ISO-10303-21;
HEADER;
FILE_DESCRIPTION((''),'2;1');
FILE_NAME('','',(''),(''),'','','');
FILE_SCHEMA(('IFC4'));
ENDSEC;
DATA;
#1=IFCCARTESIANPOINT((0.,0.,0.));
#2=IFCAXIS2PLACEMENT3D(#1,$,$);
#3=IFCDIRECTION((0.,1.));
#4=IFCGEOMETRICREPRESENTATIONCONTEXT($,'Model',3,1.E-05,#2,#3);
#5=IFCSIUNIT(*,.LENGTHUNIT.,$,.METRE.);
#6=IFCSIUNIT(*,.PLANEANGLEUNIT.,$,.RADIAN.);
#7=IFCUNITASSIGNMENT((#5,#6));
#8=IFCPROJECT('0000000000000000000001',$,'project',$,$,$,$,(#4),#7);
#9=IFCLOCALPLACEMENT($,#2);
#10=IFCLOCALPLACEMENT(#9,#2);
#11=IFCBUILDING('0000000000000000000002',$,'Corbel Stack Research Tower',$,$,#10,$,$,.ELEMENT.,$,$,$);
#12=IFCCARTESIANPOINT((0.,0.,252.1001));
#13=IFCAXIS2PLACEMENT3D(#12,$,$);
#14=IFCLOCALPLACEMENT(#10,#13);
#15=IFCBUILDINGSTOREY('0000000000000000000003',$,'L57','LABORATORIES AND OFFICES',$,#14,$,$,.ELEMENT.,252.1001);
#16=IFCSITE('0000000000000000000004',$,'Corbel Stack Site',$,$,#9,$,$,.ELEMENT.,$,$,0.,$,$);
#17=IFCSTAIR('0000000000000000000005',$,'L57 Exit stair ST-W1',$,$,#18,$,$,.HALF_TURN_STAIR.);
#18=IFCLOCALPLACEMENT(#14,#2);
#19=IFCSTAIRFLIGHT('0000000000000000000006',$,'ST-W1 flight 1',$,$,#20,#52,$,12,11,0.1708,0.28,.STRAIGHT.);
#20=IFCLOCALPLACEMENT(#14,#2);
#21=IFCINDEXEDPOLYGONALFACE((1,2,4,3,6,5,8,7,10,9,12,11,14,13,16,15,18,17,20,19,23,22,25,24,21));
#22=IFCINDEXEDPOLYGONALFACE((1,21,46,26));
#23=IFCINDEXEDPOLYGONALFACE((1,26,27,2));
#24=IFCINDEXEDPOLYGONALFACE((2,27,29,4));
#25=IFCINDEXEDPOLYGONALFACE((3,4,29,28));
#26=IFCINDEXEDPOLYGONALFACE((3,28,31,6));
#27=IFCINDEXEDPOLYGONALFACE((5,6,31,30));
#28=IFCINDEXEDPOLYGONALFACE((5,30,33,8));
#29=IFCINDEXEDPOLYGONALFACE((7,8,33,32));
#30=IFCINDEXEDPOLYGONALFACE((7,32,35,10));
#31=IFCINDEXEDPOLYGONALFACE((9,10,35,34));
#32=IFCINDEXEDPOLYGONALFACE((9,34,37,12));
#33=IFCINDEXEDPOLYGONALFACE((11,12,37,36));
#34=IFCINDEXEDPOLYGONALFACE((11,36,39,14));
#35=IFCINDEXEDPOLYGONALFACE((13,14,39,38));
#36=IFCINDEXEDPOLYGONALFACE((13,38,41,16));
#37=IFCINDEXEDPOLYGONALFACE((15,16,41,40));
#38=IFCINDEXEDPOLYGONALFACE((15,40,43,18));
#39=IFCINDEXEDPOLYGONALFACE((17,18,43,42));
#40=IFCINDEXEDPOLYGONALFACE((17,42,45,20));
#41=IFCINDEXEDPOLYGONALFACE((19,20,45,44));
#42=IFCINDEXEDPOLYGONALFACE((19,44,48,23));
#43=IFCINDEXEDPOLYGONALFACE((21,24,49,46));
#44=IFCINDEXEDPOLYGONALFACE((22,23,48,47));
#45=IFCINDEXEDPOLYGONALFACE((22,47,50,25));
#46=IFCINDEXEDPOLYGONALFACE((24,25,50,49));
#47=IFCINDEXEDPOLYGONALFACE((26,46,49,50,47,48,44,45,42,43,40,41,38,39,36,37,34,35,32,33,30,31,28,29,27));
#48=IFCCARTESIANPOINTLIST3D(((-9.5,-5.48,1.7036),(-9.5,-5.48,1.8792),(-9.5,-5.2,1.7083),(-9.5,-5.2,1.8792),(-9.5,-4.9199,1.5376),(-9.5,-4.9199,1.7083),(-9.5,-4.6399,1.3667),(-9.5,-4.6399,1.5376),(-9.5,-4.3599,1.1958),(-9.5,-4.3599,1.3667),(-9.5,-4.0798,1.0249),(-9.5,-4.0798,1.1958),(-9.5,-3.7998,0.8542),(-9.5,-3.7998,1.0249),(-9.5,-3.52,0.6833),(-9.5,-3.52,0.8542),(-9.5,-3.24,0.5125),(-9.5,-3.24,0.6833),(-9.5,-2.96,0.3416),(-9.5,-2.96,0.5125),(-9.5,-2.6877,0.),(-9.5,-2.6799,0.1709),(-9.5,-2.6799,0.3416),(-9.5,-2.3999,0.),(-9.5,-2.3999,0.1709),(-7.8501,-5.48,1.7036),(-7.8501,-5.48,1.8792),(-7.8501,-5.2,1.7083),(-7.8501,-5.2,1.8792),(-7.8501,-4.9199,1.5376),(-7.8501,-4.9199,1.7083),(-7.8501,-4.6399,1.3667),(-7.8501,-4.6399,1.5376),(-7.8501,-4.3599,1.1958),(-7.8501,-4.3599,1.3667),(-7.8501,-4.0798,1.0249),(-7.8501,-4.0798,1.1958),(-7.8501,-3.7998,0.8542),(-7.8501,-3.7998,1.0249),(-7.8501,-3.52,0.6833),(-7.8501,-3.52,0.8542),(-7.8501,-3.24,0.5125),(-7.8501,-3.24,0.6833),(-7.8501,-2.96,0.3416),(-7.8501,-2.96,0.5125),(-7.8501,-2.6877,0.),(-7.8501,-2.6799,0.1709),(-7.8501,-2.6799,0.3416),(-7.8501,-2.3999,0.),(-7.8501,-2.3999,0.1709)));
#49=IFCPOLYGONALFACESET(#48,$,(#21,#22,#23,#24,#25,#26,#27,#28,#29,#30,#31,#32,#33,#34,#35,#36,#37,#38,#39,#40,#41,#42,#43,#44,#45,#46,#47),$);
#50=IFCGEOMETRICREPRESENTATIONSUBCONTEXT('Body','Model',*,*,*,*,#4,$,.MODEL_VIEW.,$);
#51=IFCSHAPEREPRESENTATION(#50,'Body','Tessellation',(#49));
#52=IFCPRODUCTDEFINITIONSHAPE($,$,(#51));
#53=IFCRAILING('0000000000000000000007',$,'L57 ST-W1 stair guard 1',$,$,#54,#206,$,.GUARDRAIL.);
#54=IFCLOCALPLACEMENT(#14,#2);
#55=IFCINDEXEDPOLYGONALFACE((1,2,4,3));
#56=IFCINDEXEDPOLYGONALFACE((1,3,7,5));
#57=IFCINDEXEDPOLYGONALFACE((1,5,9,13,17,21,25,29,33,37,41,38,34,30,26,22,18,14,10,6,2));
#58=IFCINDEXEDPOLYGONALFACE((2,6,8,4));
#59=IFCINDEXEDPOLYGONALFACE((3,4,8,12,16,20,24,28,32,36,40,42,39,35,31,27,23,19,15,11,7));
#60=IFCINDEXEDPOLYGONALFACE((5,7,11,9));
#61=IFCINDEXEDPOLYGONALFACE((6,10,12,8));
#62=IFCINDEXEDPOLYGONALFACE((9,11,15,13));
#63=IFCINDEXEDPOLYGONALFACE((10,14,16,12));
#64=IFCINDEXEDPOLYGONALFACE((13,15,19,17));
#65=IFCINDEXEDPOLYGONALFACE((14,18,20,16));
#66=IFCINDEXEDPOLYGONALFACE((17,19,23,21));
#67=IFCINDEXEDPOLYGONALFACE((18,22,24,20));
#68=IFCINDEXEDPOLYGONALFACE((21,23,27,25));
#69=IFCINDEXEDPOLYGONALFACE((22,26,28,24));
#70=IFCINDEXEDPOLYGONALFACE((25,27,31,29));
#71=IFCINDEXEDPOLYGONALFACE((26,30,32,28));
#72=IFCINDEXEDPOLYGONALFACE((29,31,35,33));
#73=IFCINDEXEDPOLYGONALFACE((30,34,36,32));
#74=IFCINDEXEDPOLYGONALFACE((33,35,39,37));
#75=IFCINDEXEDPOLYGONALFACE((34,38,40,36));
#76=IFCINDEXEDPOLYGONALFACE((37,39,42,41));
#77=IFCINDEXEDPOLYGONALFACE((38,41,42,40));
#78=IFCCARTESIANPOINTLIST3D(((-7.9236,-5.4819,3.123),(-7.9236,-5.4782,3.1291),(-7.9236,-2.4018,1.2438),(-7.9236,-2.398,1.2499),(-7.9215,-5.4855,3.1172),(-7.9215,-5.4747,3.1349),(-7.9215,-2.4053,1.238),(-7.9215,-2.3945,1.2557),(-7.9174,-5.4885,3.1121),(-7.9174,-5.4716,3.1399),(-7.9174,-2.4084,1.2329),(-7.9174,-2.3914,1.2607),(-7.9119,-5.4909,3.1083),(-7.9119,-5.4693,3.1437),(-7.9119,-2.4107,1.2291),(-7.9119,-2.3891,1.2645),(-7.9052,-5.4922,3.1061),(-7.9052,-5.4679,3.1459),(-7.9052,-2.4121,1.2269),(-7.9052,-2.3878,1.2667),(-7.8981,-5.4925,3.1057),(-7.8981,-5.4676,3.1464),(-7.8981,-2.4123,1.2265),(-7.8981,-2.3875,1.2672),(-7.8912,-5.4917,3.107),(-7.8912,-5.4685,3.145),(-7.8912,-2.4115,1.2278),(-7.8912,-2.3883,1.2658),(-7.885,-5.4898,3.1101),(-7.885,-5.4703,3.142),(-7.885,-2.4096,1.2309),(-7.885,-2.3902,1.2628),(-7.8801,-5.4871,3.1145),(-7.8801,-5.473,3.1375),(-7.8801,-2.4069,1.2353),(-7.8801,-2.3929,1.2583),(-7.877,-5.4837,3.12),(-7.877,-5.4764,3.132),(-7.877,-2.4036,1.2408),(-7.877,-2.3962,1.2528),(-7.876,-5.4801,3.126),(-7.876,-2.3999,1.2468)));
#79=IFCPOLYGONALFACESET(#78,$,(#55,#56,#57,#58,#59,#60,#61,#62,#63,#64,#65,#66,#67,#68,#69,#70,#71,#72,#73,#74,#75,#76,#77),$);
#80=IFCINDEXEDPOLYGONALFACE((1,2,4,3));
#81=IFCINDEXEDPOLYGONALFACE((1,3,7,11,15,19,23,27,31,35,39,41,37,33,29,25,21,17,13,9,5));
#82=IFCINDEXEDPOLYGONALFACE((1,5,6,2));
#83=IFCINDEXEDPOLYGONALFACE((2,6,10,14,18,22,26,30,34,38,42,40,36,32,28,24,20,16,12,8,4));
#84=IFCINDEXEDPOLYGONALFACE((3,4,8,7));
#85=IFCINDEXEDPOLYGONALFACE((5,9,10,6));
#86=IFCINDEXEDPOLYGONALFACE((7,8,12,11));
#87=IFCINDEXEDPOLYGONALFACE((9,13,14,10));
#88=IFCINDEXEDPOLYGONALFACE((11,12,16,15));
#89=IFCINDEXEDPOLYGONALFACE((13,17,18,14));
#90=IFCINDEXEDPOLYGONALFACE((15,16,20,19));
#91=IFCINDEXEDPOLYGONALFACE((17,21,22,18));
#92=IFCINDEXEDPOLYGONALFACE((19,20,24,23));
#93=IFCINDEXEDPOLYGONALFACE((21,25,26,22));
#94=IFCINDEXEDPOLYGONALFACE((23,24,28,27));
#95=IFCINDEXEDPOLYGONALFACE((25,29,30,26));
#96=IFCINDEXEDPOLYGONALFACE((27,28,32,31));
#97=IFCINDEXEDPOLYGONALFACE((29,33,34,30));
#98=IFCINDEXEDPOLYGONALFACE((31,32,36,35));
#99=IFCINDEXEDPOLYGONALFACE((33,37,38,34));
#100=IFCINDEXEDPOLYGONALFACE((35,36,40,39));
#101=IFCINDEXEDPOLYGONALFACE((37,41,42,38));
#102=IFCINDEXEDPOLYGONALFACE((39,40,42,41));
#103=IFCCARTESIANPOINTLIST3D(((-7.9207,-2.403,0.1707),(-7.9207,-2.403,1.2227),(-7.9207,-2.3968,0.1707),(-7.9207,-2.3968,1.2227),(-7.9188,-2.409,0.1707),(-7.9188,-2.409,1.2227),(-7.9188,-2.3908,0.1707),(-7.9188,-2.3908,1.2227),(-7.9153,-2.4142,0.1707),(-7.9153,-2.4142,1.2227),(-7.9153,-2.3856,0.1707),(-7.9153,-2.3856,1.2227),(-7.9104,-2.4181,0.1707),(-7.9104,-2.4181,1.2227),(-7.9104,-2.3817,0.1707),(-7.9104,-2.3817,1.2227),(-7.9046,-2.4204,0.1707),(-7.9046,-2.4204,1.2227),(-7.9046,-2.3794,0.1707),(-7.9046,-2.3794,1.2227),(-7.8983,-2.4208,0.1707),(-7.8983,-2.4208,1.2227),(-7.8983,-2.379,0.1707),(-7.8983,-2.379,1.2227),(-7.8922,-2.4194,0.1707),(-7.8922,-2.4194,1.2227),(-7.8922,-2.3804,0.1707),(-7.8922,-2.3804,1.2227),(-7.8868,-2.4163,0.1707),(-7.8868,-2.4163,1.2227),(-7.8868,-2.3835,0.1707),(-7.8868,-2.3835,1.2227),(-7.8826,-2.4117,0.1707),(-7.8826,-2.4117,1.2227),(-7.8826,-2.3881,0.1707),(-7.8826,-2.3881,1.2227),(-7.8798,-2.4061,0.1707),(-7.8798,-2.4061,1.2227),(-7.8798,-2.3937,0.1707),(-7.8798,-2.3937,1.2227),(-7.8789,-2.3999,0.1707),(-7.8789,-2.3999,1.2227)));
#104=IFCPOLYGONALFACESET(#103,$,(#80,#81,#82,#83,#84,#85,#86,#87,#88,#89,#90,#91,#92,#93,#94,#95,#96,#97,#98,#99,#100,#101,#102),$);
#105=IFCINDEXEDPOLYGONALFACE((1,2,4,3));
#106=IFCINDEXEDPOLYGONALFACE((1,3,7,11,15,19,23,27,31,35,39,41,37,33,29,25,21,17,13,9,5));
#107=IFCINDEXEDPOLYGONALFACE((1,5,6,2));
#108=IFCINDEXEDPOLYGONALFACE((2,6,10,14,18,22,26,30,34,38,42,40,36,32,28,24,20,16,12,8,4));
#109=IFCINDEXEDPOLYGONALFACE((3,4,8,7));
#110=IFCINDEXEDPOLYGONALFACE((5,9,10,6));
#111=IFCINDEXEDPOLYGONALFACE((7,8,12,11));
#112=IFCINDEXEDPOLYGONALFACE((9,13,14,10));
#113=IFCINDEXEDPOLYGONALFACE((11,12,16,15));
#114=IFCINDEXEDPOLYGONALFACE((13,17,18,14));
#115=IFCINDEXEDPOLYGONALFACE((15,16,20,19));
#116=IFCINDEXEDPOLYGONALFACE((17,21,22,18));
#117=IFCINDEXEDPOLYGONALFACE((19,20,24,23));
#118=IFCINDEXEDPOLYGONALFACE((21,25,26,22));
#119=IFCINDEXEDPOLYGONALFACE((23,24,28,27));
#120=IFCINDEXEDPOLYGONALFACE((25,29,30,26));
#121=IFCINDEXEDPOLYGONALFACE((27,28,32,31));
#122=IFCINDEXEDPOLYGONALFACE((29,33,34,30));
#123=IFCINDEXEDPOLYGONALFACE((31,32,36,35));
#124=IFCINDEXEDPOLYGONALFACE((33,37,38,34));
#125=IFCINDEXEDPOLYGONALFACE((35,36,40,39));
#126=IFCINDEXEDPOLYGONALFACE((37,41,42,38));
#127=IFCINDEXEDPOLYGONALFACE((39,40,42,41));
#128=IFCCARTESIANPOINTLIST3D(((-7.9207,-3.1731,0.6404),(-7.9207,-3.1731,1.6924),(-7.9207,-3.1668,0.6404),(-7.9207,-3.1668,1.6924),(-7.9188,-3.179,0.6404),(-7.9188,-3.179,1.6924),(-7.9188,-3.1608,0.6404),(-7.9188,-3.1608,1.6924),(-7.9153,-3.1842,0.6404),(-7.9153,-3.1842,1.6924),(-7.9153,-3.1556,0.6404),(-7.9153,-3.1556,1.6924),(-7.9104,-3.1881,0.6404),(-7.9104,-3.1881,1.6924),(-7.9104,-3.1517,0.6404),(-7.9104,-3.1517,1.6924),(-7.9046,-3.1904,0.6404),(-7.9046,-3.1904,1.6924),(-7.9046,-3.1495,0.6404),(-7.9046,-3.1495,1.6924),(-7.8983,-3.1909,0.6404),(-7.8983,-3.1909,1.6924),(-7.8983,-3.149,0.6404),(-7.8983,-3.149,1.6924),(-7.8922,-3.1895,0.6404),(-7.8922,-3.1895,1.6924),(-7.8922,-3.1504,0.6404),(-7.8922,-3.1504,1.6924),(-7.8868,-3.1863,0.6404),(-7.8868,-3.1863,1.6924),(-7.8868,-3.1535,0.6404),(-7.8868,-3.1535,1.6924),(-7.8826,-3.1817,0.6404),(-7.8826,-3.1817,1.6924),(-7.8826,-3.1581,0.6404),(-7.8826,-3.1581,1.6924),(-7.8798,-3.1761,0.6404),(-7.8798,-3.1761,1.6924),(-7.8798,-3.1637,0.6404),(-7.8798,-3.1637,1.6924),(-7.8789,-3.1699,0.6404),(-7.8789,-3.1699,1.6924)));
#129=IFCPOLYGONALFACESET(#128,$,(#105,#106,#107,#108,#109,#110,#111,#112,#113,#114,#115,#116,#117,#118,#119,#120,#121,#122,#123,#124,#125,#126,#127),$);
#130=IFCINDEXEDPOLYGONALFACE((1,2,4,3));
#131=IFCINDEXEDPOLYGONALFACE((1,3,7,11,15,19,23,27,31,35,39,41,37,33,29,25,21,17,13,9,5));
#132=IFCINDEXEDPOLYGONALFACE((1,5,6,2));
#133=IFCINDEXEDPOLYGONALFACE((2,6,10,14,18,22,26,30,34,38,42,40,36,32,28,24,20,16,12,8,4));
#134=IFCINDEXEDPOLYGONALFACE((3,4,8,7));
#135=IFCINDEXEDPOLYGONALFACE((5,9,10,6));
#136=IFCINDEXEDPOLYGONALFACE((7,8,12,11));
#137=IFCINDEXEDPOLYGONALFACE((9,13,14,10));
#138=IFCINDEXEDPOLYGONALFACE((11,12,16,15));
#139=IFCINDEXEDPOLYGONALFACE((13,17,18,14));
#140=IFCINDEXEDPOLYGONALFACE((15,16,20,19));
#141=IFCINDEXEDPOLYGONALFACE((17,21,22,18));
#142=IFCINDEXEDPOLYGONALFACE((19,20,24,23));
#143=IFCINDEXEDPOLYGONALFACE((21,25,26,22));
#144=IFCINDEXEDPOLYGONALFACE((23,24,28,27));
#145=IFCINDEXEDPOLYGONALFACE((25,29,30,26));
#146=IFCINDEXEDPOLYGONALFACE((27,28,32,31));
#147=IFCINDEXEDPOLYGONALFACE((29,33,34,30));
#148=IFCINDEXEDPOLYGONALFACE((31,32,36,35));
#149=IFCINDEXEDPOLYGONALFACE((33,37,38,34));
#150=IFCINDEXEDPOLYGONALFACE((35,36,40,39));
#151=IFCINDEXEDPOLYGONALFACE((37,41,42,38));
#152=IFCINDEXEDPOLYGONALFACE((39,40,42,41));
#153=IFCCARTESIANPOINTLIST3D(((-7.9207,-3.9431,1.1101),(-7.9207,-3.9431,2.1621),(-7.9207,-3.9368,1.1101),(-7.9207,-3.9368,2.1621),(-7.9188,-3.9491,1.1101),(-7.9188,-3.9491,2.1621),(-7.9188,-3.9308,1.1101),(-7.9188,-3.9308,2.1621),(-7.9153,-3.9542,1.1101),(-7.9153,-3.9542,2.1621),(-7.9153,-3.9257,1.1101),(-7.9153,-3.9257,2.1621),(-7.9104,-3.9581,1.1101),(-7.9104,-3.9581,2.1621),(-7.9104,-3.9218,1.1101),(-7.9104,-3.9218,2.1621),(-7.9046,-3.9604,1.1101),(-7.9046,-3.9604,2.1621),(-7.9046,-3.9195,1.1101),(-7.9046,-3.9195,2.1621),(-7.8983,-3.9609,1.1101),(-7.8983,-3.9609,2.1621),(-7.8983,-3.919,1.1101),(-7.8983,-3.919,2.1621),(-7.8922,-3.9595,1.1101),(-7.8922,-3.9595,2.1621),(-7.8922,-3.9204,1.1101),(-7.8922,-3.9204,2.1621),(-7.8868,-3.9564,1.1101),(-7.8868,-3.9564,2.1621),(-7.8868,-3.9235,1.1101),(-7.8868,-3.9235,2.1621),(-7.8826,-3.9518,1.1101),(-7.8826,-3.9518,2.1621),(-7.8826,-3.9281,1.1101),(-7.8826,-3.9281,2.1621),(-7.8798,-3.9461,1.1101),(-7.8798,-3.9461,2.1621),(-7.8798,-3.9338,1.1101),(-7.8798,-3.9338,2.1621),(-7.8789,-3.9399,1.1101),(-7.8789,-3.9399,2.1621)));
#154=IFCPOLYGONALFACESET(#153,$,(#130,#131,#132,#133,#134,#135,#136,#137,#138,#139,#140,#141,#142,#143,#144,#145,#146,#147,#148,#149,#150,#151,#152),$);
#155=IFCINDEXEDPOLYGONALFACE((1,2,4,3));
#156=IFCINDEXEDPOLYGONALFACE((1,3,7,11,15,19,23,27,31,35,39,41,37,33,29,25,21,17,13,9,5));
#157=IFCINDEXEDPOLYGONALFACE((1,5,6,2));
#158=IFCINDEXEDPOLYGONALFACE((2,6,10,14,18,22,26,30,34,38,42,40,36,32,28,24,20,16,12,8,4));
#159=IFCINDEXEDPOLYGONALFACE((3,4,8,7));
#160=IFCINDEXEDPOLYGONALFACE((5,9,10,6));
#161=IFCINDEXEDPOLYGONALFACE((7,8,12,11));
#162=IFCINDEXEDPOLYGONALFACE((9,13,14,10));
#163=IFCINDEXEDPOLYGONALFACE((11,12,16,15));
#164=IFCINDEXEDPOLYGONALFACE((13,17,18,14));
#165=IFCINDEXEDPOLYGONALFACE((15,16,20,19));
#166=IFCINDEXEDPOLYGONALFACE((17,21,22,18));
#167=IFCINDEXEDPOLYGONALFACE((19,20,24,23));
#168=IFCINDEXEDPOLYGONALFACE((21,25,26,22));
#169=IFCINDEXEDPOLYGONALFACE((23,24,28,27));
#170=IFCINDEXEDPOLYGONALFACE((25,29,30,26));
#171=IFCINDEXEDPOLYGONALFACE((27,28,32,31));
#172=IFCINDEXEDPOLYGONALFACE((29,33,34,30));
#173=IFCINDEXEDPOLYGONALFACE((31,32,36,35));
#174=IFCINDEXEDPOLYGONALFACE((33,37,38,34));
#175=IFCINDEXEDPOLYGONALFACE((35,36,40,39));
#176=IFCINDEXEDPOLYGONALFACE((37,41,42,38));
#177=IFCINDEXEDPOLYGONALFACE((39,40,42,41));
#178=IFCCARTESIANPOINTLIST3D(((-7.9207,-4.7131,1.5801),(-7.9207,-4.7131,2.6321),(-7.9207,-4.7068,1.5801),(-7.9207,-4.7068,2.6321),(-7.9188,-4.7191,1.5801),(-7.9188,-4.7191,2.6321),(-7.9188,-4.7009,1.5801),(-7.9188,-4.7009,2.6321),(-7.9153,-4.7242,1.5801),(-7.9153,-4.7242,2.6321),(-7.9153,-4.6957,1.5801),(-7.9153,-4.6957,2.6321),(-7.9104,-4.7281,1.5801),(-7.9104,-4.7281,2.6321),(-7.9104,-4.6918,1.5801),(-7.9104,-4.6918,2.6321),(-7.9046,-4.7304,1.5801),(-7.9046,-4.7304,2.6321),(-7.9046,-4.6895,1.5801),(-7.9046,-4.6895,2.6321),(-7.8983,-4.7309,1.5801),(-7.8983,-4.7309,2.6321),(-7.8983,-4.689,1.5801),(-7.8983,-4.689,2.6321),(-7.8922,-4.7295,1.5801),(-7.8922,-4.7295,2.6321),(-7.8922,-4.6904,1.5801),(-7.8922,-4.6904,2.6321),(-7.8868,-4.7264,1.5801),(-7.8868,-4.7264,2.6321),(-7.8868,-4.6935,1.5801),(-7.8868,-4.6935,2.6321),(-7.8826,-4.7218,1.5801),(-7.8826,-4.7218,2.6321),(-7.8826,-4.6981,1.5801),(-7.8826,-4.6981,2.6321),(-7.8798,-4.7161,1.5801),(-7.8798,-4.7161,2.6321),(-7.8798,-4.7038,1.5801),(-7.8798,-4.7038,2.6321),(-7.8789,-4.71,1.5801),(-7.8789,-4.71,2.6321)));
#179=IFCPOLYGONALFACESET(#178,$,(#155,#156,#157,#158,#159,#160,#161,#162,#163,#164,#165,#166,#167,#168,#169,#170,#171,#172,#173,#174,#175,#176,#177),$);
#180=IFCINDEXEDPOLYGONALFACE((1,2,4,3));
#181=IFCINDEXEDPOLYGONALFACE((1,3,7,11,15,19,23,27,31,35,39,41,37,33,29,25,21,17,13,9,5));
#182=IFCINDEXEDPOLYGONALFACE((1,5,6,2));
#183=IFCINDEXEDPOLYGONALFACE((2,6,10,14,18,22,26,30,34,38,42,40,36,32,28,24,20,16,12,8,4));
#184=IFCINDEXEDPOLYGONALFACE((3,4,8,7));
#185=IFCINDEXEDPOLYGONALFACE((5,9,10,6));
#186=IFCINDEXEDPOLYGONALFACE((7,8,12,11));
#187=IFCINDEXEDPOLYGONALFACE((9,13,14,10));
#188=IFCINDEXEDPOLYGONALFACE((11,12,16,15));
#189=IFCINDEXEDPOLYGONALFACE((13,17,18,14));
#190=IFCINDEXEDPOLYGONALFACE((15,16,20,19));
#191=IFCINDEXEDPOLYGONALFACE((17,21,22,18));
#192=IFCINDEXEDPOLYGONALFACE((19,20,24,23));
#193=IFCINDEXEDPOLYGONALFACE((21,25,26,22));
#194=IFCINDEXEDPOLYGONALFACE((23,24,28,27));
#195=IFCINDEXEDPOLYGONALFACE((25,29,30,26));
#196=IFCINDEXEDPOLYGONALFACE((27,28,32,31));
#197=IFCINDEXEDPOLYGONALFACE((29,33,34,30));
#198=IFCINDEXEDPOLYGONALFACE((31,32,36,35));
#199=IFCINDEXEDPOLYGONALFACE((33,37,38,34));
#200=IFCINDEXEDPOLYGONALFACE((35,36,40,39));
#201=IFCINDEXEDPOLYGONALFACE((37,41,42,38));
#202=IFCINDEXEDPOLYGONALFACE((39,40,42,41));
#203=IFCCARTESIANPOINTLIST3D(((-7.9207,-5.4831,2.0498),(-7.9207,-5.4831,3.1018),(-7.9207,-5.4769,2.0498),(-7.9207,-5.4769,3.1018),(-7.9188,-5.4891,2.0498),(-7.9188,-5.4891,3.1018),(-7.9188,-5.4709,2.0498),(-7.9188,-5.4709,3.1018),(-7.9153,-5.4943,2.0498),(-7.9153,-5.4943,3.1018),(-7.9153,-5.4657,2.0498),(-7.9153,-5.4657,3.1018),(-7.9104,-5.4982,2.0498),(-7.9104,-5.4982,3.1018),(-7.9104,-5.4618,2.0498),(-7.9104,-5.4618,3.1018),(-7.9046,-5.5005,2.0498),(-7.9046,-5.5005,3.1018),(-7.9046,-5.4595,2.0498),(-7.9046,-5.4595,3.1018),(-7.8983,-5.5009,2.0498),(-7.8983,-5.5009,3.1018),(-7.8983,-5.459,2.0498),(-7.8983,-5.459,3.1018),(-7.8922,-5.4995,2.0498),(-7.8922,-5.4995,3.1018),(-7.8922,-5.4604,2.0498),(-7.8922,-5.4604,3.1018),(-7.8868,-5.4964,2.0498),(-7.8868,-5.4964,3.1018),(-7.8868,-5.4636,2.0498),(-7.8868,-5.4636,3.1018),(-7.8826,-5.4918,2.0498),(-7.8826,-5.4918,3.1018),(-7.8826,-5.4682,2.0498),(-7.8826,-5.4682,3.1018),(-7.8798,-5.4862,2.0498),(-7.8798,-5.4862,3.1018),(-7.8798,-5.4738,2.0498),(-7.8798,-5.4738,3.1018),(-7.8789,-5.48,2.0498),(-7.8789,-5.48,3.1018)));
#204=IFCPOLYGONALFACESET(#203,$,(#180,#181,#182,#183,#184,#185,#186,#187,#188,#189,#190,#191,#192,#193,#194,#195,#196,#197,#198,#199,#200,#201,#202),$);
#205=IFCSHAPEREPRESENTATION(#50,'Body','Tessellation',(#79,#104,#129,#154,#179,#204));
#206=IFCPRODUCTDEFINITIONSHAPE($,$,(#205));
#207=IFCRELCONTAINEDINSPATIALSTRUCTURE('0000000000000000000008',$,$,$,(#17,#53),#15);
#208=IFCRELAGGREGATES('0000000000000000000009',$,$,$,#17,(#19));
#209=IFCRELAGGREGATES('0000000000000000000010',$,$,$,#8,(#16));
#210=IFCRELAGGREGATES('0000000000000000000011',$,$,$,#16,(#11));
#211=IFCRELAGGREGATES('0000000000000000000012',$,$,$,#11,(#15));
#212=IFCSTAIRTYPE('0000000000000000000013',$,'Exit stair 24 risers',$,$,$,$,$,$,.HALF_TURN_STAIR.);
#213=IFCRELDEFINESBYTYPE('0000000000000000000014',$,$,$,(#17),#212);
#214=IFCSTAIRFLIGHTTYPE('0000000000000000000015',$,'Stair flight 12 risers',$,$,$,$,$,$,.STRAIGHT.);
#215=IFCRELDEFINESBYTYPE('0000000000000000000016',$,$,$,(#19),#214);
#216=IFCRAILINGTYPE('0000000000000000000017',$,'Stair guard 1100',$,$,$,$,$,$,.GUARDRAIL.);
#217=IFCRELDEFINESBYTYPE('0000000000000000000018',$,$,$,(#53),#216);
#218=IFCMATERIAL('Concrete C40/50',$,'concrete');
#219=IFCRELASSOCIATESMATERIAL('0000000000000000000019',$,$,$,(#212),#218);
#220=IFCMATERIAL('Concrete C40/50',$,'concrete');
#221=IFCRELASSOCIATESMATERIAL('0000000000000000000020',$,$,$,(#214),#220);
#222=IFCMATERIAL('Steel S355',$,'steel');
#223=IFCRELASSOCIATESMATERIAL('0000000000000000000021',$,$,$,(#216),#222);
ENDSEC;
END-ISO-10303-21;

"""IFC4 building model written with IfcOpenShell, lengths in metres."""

from ifc_helpers import new_model, si_unit, direction, frame, origin, origin_2d, place, context, subcontext, project, spatial, polyline, circle, outline, extrude, material, type_object, element, aggregate, save


model = new_model("IFC4")

# Units and contexts
model_context = context("Model", 3, precision=1e-05, world=origin(), true_north=direction((0.0, 1.0)))
body_context = subcontext(model_context, "Body", "Model", "MODEL_VIEW")
ifc_project = project(units=[si_unit("LENGTHUNIT", "METRE"), si_unit("PLANEANGLEUNIT", "RADIAN")], contexts=[model_context])

# Site, building, storey
site_placement = place(None, origin())
site = spatial("IfcSite", under=ifc_project, at=site_placement, Name="Corbel Stack Site", CompositionType="ELEMENT", RefElevation=0.0)
building_placement = place(site_placement, origin())
building = spatial("IfcBuilding", under=site, at=building_placement, Name="Corbel Stack Research Tower", CompositionType="ELEMENT")
storey_placement = place(building_placement, frame((0.0, 0.0, 252.1001)))
storey = spatial("IfcBuildingStorey", under=building, at=storey_placement, Name="L57", Description="LABORATORIES AND OFFICES", CompositionType="ELEMENT", Elevation=252.1001)

# Stair, stair flight
ifc_material_1 = material(Name="Concrete C40/50", Category="concrete")
stair_type = type_object("IfcStairType", Name="Exit stair 24 risers", PredefinedType="HALF_TURN_STAIR", material=ifc_material_1)
stair_placement = place(storey_placement, origin())
stair = element("IfcStair", 1, at=stair_placement, inside=storey, type_object=stair_type, Name="L57 Exit stair ST-W1", PredefinedType="HALF_TURN_STAIR")
ifc_material_2 = material(Name="Concrete C40/50", Category="concrete")
stair_flight_type = type_object("IfcStairFlightType", Name="Stair flight 12 risers", PredefinedType="STRAIGHT", material=ifc_material_2)
stair_flight_placement = place(storey_placement, frame((-8.675, -2.3999, 0.0), z_axis=(0.0, 0.0, 1.0), x_axis=(0.0, -1.0, 0.0)))
stair_flight = element("IfcStairFlight", 2, at=stair_flight_placement, type_object=stair_flight_type, Name="ST-W1 flight 1", NumberOfRisers=12, NumberOfTreads=11, PredefinedType="STRAIGHT", RiserHeight=0.1708, TreadLength=0.28, context=body_context, shape_type="SweptSolid", body=[
    extrude(outline(polyline([(0.0, 0.0), (0.0, 0.1709), (0.28, 0.1709), (0.28, 0.3416), (0.5601, 0.3416), (0.5601, 0.5125), (0.8401, 0.5125), (0.8401, 0.6833), (1.1201, 0.6833), (1.1201, 0.8542), (1.3999, 0.8542), (1.3999, 1.0249), (1.6799, 1.0249), (1.6799, 1.1958), (1.96, 1.1958), (1.96, 1.3667), (2.24, 1.3667), (2.24, 1.5376), (2.52, 1.5376), (2.52, 1.7083), (2.8, 1.7083), (2.8, 1.8792), (3.0801, 1.8792), (3.0801, 2.05), (3.0801, 1.7036), (0.2878, 0.0), (0.0, 0.0)])), frame((0.0, 0.825, 0.0), z_axis=(0.0, -1.0, 0.0), x_axis=(1.0, 0.0, 0.0)), (0.0, 0.0, 1.0), 1.6499),
])
aggregate(stair, [stair_flight])

# Railing
ifc_material_3 = material(Name="Steel S355", Category="steel")
railing_type_1 = type_object("IfcRailingType", Name="Stair guard 1100", PredefinedType="GUARDRAIL", material=ifc_material_3)
railing_1_placement = place(storey_placement, frame((-7.8999, -2.3999, 0.1707)))
element("IfcRailing", 3, at=railing_1_placement, inside=storey, type_object=railing_type_1, Name="L57 ST-W1 stair guard 1", PredefinedType="GUARDRAIL", context=body_context, shape_type="SweptSolid", body=[
    extrude(circle(Radius=0.0239, at=origin_2d()), frame((0.0, 0.0, 1.0762), z_axis=(0.0, -0.853666, 0.52082), x_axis=(1.0, 0.0, 0.0)), (0.0, 0.0, 1.0), 3.6082),
    extrude(circle(Radius=0.021, at=origin_2d()), origin(), (0.0, 0.0, 1.0), 1.052),
    extrude(circle(Radius=0.021, at=origin_2d()), frame((0.0, -0.77, 0.4697)), (0.0, 0.0, 1.0), 1.052),
    extrude(circle(Radius=0.021, at=origin_2d()), frame((0.0, -1.54, 0.9395)), (0.0, 0.0, 1.0), 1.052),
    extrude(circle(Radius=0.021, at=origin_2d()), frame((0.0, -2.3101, 1.4094)), (0.0, 0.0, 1.0), 1.052),
    extrude(circle(Radius=0.021, at=origin_2d()), frame((0.0, -3.0801, 1.8792)), (0.0, 0.0, 1.0), 1.052),
])

save(model, "model.ifc")
